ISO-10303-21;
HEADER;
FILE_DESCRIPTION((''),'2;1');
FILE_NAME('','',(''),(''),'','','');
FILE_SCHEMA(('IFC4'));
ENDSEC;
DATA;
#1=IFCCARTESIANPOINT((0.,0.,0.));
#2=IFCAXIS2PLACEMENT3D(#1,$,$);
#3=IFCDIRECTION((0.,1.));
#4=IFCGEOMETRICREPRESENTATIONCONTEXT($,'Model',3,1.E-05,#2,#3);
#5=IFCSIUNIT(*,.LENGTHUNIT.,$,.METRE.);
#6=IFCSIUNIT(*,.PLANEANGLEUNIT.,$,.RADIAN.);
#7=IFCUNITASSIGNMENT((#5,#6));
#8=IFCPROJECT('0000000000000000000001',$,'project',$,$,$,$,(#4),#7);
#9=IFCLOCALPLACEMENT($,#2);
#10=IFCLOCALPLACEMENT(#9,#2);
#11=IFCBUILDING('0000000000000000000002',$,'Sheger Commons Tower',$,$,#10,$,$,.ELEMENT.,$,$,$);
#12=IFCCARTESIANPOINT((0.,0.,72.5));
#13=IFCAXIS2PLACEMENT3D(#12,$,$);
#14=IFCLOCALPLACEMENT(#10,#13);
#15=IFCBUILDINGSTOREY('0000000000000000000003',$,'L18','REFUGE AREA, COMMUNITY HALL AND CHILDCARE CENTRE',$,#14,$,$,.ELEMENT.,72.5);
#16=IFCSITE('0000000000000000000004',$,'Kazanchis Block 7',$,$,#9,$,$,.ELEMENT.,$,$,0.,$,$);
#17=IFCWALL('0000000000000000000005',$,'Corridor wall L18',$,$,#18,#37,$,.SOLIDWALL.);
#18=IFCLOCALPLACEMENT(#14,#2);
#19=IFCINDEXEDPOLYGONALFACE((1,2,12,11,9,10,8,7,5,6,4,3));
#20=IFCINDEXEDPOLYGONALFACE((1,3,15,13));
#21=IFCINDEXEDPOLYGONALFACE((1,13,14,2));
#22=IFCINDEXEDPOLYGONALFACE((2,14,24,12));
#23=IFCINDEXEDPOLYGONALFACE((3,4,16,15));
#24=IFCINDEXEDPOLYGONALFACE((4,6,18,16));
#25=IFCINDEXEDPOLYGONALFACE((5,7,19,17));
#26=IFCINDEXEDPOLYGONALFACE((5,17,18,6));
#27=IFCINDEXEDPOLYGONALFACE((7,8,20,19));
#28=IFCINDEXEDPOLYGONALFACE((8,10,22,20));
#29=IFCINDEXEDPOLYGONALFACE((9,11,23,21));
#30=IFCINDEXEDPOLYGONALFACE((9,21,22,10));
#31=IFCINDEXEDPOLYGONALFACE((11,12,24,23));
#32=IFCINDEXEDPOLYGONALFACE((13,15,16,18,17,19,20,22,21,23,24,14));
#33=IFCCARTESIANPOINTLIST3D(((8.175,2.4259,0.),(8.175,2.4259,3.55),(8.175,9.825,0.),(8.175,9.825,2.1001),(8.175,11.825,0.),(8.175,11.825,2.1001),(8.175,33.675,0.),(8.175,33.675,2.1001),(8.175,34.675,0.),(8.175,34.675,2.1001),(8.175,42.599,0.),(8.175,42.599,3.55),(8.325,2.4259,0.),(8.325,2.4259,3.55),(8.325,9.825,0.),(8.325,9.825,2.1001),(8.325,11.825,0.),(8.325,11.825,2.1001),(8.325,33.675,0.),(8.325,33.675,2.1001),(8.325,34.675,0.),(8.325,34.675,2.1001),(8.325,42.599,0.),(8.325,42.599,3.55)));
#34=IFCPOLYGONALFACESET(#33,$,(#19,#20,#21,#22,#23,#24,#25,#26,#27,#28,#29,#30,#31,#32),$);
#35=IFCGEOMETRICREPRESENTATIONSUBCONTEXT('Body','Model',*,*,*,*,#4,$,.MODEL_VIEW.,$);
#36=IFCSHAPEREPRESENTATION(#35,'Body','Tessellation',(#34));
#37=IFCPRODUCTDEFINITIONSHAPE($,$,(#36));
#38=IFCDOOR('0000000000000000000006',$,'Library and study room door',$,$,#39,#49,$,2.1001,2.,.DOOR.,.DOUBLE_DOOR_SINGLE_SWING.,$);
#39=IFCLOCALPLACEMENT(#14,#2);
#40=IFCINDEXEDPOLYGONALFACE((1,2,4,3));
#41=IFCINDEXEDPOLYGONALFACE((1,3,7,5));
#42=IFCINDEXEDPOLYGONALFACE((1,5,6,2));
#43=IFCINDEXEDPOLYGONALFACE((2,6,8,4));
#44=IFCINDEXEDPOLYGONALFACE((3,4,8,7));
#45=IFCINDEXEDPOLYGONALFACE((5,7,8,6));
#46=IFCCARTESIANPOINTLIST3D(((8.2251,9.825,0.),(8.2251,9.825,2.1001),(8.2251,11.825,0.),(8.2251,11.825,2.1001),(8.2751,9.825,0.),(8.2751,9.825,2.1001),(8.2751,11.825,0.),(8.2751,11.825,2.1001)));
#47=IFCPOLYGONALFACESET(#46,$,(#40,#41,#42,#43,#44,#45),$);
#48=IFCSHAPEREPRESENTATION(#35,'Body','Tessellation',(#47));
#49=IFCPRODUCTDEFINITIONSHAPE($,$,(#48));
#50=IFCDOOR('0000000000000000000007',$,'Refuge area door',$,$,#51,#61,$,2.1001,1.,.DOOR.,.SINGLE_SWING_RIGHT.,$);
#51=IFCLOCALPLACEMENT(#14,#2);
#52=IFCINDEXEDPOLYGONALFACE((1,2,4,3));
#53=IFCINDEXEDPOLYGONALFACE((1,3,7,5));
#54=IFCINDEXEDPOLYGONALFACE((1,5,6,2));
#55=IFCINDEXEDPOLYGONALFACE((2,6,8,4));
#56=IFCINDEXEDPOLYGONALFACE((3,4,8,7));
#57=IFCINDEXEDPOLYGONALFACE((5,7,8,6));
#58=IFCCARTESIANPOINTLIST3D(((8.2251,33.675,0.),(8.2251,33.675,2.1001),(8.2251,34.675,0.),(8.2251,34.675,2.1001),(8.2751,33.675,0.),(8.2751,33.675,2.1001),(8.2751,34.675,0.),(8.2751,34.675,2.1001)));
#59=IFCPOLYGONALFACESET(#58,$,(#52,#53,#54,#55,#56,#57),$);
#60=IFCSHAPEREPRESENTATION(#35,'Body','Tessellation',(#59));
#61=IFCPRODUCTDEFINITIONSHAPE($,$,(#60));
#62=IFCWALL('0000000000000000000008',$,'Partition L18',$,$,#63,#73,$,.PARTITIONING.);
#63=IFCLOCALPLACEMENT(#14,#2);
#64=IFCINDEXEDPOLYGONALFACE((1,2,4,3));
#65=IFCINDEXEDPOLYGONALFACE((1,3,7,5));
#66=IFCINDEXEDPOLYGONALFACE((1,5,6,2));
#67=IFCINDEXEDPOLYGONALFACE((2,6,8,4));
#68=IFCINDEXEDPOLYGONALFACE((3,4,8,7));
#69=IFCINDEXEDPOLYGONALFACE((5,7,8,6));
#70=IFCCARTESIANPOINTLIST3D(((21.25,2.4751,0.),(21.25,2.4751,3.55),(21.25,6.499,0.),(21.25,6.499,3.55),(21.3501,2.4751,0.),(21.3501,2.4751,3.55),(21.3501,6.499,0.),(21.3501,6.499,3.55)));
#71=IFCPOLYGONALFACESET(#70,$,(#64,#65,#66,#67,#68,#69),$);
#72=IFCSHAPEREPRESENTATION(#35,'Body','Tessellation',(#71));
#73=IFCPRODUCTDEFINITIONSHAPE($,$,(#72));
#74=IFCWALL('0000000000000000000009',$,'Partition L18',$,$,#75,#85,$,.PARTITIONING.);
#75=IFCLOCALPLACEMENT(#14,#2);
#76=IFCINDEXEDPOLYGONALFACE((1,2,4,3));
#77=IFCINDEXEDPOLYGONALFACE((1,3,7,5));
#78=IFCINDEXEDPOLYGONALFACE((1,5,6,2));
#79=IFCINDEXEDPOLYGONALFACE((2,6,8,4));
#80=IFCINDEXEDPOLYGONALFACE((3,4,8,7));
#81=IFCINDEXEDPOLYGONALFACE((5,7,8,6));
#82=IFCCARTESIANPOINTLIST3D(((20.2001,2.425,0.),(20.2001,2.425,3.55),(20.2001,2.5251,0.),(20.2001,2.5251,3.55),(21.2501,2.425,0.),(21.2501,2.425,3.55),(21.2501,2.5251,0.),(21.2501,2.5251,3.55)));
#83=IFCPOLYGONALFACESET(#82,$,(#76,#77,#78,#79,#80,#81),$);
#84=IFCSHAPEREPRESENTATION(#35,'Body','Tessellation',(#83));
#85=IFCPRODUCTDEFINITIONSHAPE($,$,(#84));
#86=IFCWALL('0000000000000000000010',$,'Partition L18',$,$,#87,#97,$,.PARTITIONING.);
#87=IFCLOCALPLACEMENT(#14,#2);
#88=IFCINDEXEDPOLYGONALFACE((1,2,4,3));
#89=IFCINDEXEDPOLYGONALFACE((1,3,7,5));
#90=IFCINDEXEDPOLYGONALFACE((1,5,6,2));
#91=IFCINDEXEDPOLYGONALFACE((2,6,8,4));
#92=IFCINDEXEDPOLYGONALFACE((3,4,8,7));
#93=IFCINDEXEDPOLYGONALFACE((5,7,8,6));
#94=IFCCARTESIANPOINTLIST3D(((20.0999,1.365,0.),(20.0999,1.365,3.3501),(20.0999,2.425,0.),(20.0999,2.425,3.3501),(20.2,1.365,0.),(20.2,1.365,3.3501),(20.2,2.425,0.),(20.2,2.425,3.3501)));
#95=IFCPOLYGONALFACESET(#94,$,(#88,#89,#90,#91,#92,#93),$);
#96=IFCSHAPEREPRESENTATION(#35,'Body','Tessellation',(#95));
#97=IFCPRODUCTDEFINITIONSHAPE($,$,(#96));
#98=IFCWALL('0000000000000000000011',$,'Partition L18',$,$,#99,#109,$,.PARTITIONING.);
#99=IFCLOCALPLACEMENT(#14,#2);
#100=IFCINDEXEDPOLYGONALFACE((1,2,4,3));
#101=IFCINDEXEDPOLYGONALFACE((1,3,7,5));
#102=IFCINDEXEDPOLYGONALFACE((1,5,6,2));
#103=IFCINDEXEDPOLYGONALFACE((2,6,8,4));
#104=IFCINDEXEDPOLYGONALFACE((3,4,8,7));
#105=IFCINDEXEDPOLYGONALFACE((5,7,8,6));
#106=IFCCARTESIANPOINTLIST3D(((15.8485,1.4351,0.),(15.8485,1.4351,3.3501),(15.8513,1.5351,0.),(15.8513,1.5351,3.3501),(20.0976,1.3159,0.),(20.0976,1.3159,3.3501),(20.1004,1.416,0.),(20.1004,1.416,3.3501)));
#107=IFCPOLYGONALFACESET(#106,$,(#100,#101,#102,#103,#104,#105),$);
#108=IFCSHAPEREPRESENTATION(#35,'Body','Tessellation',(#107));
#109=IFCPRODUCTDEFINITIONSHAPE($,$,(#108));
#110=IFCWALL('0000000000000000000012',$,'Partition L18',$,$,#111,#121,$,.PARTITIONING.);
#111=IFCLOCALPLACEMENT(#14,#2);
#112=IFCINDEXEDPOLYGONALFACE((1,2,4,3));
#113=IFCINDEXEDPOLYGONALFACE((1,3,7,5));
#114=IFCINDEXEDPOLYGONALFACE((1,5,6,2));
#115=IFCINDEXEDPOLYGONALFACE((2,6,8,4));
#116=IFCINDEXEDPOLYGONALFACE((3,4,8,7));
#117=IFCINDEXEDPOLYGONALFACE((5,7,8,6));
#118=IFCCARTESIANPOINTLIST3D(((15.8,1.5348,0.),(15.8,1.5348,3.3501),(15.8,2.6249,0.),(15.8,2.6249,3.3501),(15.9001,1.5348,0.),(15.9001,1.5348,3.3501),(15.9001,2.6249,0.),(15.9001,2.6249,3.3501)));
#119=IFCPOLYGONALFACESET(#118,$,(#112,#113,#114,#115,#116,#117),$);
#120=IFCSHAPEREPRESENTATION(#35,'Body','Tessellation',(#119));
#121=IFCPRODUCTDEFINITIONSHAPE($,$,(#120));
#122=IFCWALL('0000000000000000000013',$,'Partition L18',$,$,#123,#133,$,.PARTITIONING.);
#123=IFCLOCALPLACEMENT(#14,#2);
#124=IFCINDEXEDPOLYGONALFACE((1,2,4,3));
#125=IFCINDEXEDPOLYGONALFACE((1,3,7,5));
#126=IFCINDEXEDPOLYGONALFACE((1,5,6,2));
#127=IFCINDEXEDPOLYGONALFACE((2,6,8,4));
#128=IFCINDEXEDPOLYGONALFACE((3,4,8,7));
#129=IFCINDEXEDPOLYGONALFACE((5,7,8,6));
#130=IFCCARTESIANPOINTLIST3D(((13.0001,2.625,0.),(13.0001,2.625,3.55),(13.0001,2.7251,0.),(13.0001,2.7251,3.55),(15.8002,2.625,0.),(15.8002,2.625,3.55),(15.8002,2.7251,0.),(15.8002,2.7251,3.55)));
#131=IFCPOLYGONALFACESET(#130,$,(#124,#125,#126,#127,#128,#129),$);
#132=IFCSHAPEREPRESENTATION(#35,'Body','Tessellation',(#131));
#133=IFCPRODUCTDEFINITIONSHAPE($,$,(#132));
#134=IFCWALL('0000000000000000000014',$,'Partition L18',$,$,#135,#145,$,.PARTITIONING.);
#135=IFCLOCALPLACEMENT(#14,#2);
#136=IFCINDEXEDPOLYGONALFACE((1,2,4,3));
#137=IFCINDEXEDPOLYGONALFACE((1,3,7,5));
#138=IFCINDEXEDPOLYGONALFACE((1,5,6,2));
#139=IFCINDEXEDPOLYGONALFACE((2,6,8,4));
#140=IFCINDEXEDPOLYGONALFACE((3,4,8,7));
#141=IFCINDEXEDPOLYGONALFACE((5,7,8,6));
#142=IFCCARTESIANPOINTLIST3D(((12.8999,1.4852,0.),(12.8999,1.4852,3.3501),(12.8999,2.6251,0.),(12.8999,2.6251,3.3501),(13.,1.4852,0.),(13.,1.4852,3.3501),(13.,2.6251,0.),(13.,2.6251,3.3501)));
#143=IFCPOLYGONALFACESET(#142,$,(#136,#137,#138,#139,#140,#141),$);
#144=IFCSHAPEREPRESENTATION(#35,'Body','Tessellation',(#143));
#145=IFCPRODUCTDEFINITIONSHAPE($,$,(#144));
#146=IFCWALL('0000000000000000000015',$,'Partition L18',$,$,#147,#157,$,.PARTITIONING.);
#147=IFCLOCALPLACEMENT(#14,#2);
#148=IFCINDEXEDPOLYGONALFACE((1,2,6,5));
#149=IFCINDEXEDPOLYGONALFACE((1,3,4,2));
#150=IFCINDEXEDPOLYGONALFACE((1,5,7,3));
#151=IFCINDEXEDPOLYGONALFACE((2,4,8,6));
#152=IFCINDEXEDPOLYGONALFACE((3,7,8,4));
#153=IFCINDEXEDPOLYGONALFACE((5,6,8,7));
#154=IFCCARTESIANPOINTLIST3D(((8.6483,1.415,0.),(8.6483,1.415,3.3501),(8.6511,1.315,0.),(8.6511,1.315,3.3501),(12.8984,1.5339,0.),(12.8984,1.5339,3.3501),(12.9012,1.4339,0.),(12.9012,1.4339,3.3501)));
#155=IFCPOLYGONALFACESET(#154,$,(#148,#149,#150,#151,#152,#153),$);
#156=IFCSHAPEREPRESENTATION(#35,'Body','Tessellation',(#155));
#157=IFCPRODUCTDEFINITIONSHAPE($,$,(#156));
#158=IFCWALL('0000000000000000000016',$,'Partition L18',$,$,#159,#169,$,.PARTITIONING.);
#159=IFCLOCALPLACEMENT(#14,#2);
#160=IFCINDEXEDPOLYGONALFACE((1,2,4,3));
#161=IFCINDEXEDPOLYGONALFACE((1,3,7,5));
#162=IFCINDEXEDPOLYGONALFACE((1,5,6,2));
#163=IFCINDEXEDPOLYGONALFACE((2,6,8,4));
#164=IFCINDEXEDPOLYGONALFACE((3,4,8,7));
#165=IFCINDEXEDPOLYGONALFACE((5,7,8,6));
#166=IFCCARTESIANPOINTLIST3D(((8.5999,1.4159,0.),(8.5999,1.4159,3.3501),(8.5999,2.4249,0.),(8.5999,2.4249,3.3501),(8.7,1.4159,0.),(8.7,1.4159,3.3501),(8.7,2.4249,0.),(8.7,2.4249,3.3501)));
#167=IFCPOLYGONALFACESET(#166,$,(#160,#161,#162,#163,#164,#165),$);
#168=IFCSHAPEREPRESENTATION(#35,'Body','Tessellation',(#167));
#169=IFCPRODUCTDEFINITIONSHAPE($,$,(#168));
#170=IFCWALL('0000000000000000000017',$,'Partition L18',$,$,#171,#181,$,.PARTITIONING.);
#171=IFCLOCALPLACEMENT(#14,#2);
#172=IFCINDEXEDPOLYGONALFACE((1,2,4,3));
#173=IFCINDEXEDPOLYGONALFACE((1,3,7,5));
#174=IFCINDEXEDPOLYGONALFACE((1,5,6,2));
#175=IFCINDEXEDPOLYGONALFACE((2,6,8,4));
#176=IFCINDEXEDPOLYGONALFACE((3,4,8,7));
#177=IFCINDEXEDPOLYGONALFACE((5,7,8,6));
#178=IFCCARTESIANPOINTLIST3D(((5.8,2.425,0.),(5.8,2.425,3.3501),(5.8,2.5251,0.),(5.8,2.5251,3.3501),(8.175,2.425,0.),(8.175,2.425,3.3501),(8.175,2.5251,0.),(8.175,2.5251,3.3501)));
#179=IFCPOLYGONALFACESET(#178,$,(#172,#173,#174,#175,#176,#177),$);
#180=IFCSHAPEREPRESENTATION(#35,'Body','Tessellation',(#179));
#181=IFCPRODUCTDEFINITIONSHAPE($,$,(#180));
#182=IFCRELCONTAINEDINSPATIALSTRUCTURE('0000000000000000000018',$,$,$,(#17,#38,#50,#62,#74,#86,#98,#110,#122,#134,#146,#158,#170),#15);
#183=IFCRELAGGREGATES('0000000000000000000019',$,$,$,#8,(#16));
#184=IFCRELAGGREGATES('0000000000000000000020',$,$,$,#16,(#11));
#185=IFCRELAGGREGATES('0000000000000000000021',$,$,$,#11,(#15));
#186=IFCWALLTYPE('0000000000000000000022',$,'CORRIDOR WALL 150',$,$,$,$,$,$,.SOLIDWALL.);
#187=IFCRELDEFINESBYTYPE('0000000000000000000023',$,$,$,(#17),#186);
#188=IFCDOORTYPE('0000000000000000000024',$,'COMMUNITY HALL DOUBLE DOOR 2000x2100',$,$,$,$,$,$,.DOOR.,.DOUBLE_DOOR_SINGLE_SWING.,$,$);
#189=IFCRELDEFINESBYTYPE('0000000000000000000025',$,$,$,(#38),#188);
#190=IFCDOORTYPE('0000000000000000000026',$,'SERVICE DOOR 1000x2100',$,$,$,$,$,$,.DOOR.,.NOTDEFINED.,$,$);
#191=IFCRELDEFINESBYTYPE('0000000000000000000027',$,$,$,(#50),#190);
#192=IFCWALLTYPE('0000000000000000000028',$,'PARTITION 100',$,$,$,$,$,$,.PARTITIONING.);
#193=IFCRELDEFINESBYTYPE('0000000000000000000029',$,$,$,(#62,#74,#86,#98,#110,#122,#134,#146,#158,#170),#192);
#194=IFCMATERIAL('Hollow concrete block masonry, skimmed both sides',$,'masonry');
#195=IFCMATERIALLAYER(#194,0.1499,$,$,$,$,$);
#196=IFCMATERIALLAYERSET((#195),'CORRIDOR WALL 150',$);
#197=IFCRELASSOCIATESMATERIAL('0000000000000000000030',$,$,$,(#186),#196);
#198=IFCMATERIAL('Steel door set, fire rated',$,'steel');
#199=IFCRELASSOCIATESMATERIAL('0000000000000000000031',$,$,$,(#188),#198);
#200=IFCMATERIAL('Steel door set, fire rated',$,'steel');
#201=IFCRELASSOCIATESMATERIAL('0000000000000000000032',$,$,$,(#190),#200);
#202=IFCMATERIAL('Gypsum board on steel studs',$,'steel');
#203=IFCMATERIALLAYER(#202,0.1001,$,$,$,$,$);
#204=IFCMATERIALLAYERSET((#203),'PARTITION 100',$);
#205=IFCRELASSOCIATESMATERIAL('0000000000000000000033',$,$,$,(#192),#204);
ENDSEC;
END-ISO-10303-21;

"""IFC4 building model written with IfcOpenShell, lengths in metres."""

from ifc_helpers import new_model, si_unit, direction, frame, frame_2d, origin, place, context, subcontext, project, spatial, rectangle, extrude, material, layer, layer_set, type_object, element, fill, save


model = new_model("IFC4")

# Units and contexts
model_context = context("Model", 3, precision=1e-05, world=origin(), true_north=direction((0.0, 1.0)))
body_context = subcontext(model_context, "Body", "Model", "MODEL_VIEW")
ifc_project = project(units=[si_unit("LENGTHUNIT", "METRE"), si_unit("PLANEANGLEUNIT", "RADIAN")], contexts=[model_context])

# Site, building, storey
site_placement = place(None, origin())
site = spatial("IfcSite", under=ifc_project, at=site_placement, Name="Kazanchis Block 7", CompositionType="ELEMENT", RefElevation=0.0)
building_placement = place(site_placement, origin())
building = spatial("IfcBuilding", under=site, at=building_placement, Name="Sheger Commons Tower", CompositionType="ELEMENT")
storey_placement = place(building_placement, frame((0.0, 0.0, 72.5)))
storey = spatial("IfcBuildingStorey", under=building, at=storey_placement, Name="L18", Description="REFUGE AREA, COMMUNITY HALL AND CHILDCARE CENTRE", CompositionType="ELEMENT", Elevation=72.5)

# Wall, openings, doors
ifc_material_1 = material(Name="Hollow concrete block masonry, skimmed both sides", Category="masonry")
ifc_layer_1 = layer(ifc_material_1, 0.1499)
ifc_layer_set_1 = layer_set([ifc_layer_1], Name="CORRIDOR WALL 150")
wall_type_1 = type_object("IfcWallType", Name="CORRIDOR WALL 150", PredefinedType="SOLIDWALL", material=ifc_layer_set_1)
wall_1_placement = place(storey_placement, frame((8.25, 2.426, 0.0), z_axis=(0.0, 0.0, 1.0), x_axis=(0.0, 1.0, 0.0)))
wall_1 = element("IfcWall", 1, at=wall_1_placement, inside=storey, type_object=wall_type_1, Name="Corridor wall L18", PredefinedType="SOLIDWALL", context=body_context, shape_type="SweptSolid", body=[
    extrude(rectangle(XDim=40.1731, YDim=0.1499, at=frame_2d((20.0864, 0.0))), origin(), (0.0, 0.0, 1.0), 3.55),
])
opening_1_placement = place(wall_1_placement, frame((7.3989, 0.0, 0.0)))
opening_1 = element("IfcOpeningElement", 2, at=opening_1_placement, cuts=wall_1, PredefinedType="OPENING", context=body_context, shape_type="SweptSolid", body=[
    extrude(rectangle(XDim=2.0, YDim=2.1001, at=frame_2d((1.0, 1.05))), frame((0.0, 0.085, 0.0), z_axis=(0.0, -1.0, 0.0), x_axis=(1.0, 0.0, 0.0)), (0.0, 0.0, 1.0), 0.1699),
])
opening_2_placement = place(wall_1_placement, frame((31.249, 0.0, 0.0)))
opening_2 = element("IfcOpeningElement", 3, at=opening_2_placement, cuts=wall_1, PredefinedType="OPENING", context=body_context, shape_type="SweptSolid", body=[
    extrude(rectangle(XDim=1.0, YDim=2.1001, at=frame_2d((0.5, 1.05))), frame((0.0, 0.085, 0.0), z_axis=(0.0, -1.0, 0.0), x_axis=(1.0, 0.0, 0.0)), (0.0, 0.0, 1.0), 0.1699),
])
ifc_material_2 = material(Name="Steel door set, fire rated", Category="steel")
door_type_1 = type_object("IfcDoorType", Name="COMMUNITY HALL DOUBLE DOOR 2000x2100", OperationType="DOUBLE_DOOR_SINGLE_SWING", PredefinedType="DOOR", material=ifc_material_2)
door_1_placement = place(opening_1_placement, origin())
door_1 = element("IfcDoor", 4, at=door_1_placement, inside=storey, type_object=door_type_1, Name="Library and study room door", OperationType="DOUBLE_DOOR_SINGLE_SWING", OverallHeight=2.1001, OverallWidth=2.0, PredefinedType="DOOR", context=body_context, shape_type="SweptSolid", body=[
    extrude(rectangle(XDim=2.0, YDim=2.1001, at=frame_2d((1.0, 1.05))), frame((0.0, 0.0249, 0.0), z_axis=(0.0, -1.0, 0.0), x_axis=(1.0, 0.0, 0.0)), (0.0, 0.0, 1.0), 0.05),
])
fill(opening_1, door_1)
ifc_material_3 = material(Name="Steel door set, fire rated", Category="steel")
door_type_2 = type_object("IfcDoorType", Name="SERVICE DOOR 1000x2100", OperationType="NOTDEFINED", PredefinedType="DOOR", material=ifc_material_3)
door_2_placement = place(opening_2_placement, origin())
door_2 = element("IfcDoor", 5, at=door_2_placement, inside=storey, type_object=door_type_2, Name="Refuge area door", OperationType="SINGLE_SWING_RIGHT", OverallHeight=2.1001, OverallWidth=1.0, PredefinedType="DOOR", context=body_context, shape_type="SweptSolid", body=[
    extrude(rectangle(XDim=1.0, YDim=2.1001, at=frame_2d((0.5, 1.05))), frame((0.0, 0.0249, 0.0), z_axis=(0.0, -1.0, 0.0), x_axis=(1.0, 0.0, 0.0)), (0.0, 0.0, 1.0), 0.05),
])
fill(opening_2, door_2)

# Walls
ifc_material_4 = material(Name="Gypsum board on steel studs", Category="steel")
ifc_layer_2 = layer(ifc_material_4, 0.1001)
ifc_layer_set_2 = layer_set([ifc_layer_2], Name="PARTITION 100")
wall_type_2 = type_object("IfcWallType", Name="PARTITION 100", PredefinedType="PARTITIONING", material=ifc_layer_set_2)
wall_2_placement = place(storey_placement, frame((21.3, 6.499, 0.0), z_axis=(0.0, 0.0, 1.0), x_axis=(0.0, -1.0, 0.0)))
element("IfcWall", 6, at=wall_2_placement, inside=storey, type_object=wall_type_2, Name="Partition L18", PredefinedType="PARTITIONING", context=body_context, shape_type="SweptSolid", body=[
    extrude(rectangle(XDim=4.0239, YDim=0.1001, at=frame_2d((2.012, 0.0))), origin(), (0.0, 0.0, 1.0), 3.55),
])
wall_3_placement = place(storey_placement, frame((21.25, 2.4751, 0.0), z_axis=(0.0, 0.0, 1.0), x_axis=(-1.0, 0.0, 0.0)))
element("IfcWall", 7, at=wall_3_placement, inside=storey, type_object=wall_type_2, Name="Partition L18", PredefinedType="PARTITIONING", context=body_context, shape_type="SweptSolid", body=[
    extrude(rectangle(XDim=1.05, YDim=0.1001, at=frame_2d((0.5249, 0.0))), origin(), (0.0, 0.0, 1.0), 3.55),
])
wall_4_placement = place(storey_placement, frame((20.1499, 2.425, 0.0), z_axis=(0.0, 0.0, 1.0), x_axis=(0.0, -1.0, 0.0)))
element("IfcWall", 8, at=wall_4_placement, inside=storey, type_object=wall_type_2, Name="Partition L18", PredefinedType="PARTITIONING", context=body_context, shape_type="SweptSolid", body=[
    extrude(rectangle(XDim=1.0601, YDim=0.1001, at=frame_2d((0.53, 0.0))), origin(), (0.0, 0.0, 1.0), 3.3501),
])
wall_5_placement = place(storey_placement, frame((20.0991, 1.366, 0.0), z_axis=(0.0, 0.0, 1.0), x_axis=(-0.999607, 0.028029, 0.0)))
element("IfcWall", 9, at=wall_5_placement, inside=storey, type_object=wall_type_2, Name="Partition L18", PredefinedType="PARTITIONING", context=body_context, shape_type="SweptSolid", body=[
    extrude(rectangle(XDim=4.2507, YDim=0.1001, at=frame_2d((2.1255, 0.0))), origin(), (0.0, 0.0, 1.0), 3.3501),
])
wall_6_placement = place(storey_placement, frame((15.8501, 1.5349, 0.0), z_axis=(0.0, 0.0, 1.0), x_axis=(0.0, 1.0, 0.0)))
element("IfcWall", 10, at=wall_6_placement, inside=storey, type_object=wall_type_2, Name="Partition L18", PredefinedType="PARTITIONING", context=body_context, shape_type="SweptSolid", body=[
    extrude(rectangle(XDim=1.0901, YDim=0.1001, at=frame_2d((0.5449, 0.0))), origin(), (0.0, 0.0, 1.0), 3.3501),
])
wall_7_placement = place(storey_placement, frame((15.8, 2.675, 0.0), z_axis=(0.0, 0.0, 1.0), x_axis=(-1.0, 0.0, 0.0)))
element("IfcWall", 11, at=wall_7_placement, inside=storey, type_object=wall_type_2, Name="Partition L18", PredefinedType="PARTITIONING", context=body_context, shape_type="SweptSolid", body=[
    extrude(rectangle(XDim=2.8, YDim=0.1001, at=frame_2d((1.3999, 0.0))), origin(), (0.0, 0.0, 1.0), 3.55),
])
wall_8_placement = place(storey_placement, frame((12.95, 2.625, 0.0), z_axis=(0.0, 0.0, 1.0), x_axis=(0.0, -1.0, 0.0)))
element("IfcWall", 12, at=wall_8_placement, inside=storey, type_object=wall_type_2, Name="Partition L18", PredefinedType="PARTITIONING", context=body_context, shape_type="SweptSolid", body=[
    extrude(rectangle(XDim=1.1399, YDim=0.1001, at=frame_2d((0.5698, 0.0))), origin(), (0.0, 0.0, 1.0), 3.3501),
])
wall_9_placement = place(storey_placement, frame((12.8999, 1.4839, 0.0), z_axis=(0.0, 0.0, 1.0), x_axis=(-0.999609, -0.027965, 0.0)))
element("IfcWall", 13, at=wall_9_placement, inside=storey, type_object=wall_type_2, Name="Partition L18", PredefinedType="PARTITIONING", context=body_context, shape_type="SweptSolid", body=[
    extrude(rectangle(XDim=4.2517, YDim=0.1001, at=frame_2d((2.126, 0.0))), origin(), (0.0, 0.0, 1.0), 3.3501),
])
wall_10_placement = place(storey_placement, frame((8.6499, 1.416, 0.0), z_axis=(0.0, 0.0, 1.0), x_axis=(0.0, 1.0, 0.0)))
element("IfcWall", 14, at=wall_10_placement, inside=storey, type_object=wall_type_2, Name="Partition L18", PredefinedType="PARTITIONING", context=body_context, shape_type="SweptSolid", body=[
    extrude(rectangle(XDim=1.009, YDim=0.1001, at=frame_2d((0.5044, 0.0))), origin(), (0.0, 0.0, 1.0), 3.3501),
])
wall_11_placement = place(storey_placement, frame((8.175, 2.4751, 0.0), z_axis=(0.0, 0.0, 1.0), x_axis=(-1.0, 0.0, 0.0)))
element("IfcWall", 15, at=wall_11_placement, inside=storey, type_object=wall_type_2, Name="Partition L18", PredefinedType="PARTITIONING", context=body_context, shape_type="SweptSolid", body=[
    extrude(rectangle(XDim=2.375, YDim=0.1001, at=frame_2d((1.1875, 0.0))), origin(), (0.0, 0.0, 1.0), 3.3501),
])

save(model, "model.ifc")
